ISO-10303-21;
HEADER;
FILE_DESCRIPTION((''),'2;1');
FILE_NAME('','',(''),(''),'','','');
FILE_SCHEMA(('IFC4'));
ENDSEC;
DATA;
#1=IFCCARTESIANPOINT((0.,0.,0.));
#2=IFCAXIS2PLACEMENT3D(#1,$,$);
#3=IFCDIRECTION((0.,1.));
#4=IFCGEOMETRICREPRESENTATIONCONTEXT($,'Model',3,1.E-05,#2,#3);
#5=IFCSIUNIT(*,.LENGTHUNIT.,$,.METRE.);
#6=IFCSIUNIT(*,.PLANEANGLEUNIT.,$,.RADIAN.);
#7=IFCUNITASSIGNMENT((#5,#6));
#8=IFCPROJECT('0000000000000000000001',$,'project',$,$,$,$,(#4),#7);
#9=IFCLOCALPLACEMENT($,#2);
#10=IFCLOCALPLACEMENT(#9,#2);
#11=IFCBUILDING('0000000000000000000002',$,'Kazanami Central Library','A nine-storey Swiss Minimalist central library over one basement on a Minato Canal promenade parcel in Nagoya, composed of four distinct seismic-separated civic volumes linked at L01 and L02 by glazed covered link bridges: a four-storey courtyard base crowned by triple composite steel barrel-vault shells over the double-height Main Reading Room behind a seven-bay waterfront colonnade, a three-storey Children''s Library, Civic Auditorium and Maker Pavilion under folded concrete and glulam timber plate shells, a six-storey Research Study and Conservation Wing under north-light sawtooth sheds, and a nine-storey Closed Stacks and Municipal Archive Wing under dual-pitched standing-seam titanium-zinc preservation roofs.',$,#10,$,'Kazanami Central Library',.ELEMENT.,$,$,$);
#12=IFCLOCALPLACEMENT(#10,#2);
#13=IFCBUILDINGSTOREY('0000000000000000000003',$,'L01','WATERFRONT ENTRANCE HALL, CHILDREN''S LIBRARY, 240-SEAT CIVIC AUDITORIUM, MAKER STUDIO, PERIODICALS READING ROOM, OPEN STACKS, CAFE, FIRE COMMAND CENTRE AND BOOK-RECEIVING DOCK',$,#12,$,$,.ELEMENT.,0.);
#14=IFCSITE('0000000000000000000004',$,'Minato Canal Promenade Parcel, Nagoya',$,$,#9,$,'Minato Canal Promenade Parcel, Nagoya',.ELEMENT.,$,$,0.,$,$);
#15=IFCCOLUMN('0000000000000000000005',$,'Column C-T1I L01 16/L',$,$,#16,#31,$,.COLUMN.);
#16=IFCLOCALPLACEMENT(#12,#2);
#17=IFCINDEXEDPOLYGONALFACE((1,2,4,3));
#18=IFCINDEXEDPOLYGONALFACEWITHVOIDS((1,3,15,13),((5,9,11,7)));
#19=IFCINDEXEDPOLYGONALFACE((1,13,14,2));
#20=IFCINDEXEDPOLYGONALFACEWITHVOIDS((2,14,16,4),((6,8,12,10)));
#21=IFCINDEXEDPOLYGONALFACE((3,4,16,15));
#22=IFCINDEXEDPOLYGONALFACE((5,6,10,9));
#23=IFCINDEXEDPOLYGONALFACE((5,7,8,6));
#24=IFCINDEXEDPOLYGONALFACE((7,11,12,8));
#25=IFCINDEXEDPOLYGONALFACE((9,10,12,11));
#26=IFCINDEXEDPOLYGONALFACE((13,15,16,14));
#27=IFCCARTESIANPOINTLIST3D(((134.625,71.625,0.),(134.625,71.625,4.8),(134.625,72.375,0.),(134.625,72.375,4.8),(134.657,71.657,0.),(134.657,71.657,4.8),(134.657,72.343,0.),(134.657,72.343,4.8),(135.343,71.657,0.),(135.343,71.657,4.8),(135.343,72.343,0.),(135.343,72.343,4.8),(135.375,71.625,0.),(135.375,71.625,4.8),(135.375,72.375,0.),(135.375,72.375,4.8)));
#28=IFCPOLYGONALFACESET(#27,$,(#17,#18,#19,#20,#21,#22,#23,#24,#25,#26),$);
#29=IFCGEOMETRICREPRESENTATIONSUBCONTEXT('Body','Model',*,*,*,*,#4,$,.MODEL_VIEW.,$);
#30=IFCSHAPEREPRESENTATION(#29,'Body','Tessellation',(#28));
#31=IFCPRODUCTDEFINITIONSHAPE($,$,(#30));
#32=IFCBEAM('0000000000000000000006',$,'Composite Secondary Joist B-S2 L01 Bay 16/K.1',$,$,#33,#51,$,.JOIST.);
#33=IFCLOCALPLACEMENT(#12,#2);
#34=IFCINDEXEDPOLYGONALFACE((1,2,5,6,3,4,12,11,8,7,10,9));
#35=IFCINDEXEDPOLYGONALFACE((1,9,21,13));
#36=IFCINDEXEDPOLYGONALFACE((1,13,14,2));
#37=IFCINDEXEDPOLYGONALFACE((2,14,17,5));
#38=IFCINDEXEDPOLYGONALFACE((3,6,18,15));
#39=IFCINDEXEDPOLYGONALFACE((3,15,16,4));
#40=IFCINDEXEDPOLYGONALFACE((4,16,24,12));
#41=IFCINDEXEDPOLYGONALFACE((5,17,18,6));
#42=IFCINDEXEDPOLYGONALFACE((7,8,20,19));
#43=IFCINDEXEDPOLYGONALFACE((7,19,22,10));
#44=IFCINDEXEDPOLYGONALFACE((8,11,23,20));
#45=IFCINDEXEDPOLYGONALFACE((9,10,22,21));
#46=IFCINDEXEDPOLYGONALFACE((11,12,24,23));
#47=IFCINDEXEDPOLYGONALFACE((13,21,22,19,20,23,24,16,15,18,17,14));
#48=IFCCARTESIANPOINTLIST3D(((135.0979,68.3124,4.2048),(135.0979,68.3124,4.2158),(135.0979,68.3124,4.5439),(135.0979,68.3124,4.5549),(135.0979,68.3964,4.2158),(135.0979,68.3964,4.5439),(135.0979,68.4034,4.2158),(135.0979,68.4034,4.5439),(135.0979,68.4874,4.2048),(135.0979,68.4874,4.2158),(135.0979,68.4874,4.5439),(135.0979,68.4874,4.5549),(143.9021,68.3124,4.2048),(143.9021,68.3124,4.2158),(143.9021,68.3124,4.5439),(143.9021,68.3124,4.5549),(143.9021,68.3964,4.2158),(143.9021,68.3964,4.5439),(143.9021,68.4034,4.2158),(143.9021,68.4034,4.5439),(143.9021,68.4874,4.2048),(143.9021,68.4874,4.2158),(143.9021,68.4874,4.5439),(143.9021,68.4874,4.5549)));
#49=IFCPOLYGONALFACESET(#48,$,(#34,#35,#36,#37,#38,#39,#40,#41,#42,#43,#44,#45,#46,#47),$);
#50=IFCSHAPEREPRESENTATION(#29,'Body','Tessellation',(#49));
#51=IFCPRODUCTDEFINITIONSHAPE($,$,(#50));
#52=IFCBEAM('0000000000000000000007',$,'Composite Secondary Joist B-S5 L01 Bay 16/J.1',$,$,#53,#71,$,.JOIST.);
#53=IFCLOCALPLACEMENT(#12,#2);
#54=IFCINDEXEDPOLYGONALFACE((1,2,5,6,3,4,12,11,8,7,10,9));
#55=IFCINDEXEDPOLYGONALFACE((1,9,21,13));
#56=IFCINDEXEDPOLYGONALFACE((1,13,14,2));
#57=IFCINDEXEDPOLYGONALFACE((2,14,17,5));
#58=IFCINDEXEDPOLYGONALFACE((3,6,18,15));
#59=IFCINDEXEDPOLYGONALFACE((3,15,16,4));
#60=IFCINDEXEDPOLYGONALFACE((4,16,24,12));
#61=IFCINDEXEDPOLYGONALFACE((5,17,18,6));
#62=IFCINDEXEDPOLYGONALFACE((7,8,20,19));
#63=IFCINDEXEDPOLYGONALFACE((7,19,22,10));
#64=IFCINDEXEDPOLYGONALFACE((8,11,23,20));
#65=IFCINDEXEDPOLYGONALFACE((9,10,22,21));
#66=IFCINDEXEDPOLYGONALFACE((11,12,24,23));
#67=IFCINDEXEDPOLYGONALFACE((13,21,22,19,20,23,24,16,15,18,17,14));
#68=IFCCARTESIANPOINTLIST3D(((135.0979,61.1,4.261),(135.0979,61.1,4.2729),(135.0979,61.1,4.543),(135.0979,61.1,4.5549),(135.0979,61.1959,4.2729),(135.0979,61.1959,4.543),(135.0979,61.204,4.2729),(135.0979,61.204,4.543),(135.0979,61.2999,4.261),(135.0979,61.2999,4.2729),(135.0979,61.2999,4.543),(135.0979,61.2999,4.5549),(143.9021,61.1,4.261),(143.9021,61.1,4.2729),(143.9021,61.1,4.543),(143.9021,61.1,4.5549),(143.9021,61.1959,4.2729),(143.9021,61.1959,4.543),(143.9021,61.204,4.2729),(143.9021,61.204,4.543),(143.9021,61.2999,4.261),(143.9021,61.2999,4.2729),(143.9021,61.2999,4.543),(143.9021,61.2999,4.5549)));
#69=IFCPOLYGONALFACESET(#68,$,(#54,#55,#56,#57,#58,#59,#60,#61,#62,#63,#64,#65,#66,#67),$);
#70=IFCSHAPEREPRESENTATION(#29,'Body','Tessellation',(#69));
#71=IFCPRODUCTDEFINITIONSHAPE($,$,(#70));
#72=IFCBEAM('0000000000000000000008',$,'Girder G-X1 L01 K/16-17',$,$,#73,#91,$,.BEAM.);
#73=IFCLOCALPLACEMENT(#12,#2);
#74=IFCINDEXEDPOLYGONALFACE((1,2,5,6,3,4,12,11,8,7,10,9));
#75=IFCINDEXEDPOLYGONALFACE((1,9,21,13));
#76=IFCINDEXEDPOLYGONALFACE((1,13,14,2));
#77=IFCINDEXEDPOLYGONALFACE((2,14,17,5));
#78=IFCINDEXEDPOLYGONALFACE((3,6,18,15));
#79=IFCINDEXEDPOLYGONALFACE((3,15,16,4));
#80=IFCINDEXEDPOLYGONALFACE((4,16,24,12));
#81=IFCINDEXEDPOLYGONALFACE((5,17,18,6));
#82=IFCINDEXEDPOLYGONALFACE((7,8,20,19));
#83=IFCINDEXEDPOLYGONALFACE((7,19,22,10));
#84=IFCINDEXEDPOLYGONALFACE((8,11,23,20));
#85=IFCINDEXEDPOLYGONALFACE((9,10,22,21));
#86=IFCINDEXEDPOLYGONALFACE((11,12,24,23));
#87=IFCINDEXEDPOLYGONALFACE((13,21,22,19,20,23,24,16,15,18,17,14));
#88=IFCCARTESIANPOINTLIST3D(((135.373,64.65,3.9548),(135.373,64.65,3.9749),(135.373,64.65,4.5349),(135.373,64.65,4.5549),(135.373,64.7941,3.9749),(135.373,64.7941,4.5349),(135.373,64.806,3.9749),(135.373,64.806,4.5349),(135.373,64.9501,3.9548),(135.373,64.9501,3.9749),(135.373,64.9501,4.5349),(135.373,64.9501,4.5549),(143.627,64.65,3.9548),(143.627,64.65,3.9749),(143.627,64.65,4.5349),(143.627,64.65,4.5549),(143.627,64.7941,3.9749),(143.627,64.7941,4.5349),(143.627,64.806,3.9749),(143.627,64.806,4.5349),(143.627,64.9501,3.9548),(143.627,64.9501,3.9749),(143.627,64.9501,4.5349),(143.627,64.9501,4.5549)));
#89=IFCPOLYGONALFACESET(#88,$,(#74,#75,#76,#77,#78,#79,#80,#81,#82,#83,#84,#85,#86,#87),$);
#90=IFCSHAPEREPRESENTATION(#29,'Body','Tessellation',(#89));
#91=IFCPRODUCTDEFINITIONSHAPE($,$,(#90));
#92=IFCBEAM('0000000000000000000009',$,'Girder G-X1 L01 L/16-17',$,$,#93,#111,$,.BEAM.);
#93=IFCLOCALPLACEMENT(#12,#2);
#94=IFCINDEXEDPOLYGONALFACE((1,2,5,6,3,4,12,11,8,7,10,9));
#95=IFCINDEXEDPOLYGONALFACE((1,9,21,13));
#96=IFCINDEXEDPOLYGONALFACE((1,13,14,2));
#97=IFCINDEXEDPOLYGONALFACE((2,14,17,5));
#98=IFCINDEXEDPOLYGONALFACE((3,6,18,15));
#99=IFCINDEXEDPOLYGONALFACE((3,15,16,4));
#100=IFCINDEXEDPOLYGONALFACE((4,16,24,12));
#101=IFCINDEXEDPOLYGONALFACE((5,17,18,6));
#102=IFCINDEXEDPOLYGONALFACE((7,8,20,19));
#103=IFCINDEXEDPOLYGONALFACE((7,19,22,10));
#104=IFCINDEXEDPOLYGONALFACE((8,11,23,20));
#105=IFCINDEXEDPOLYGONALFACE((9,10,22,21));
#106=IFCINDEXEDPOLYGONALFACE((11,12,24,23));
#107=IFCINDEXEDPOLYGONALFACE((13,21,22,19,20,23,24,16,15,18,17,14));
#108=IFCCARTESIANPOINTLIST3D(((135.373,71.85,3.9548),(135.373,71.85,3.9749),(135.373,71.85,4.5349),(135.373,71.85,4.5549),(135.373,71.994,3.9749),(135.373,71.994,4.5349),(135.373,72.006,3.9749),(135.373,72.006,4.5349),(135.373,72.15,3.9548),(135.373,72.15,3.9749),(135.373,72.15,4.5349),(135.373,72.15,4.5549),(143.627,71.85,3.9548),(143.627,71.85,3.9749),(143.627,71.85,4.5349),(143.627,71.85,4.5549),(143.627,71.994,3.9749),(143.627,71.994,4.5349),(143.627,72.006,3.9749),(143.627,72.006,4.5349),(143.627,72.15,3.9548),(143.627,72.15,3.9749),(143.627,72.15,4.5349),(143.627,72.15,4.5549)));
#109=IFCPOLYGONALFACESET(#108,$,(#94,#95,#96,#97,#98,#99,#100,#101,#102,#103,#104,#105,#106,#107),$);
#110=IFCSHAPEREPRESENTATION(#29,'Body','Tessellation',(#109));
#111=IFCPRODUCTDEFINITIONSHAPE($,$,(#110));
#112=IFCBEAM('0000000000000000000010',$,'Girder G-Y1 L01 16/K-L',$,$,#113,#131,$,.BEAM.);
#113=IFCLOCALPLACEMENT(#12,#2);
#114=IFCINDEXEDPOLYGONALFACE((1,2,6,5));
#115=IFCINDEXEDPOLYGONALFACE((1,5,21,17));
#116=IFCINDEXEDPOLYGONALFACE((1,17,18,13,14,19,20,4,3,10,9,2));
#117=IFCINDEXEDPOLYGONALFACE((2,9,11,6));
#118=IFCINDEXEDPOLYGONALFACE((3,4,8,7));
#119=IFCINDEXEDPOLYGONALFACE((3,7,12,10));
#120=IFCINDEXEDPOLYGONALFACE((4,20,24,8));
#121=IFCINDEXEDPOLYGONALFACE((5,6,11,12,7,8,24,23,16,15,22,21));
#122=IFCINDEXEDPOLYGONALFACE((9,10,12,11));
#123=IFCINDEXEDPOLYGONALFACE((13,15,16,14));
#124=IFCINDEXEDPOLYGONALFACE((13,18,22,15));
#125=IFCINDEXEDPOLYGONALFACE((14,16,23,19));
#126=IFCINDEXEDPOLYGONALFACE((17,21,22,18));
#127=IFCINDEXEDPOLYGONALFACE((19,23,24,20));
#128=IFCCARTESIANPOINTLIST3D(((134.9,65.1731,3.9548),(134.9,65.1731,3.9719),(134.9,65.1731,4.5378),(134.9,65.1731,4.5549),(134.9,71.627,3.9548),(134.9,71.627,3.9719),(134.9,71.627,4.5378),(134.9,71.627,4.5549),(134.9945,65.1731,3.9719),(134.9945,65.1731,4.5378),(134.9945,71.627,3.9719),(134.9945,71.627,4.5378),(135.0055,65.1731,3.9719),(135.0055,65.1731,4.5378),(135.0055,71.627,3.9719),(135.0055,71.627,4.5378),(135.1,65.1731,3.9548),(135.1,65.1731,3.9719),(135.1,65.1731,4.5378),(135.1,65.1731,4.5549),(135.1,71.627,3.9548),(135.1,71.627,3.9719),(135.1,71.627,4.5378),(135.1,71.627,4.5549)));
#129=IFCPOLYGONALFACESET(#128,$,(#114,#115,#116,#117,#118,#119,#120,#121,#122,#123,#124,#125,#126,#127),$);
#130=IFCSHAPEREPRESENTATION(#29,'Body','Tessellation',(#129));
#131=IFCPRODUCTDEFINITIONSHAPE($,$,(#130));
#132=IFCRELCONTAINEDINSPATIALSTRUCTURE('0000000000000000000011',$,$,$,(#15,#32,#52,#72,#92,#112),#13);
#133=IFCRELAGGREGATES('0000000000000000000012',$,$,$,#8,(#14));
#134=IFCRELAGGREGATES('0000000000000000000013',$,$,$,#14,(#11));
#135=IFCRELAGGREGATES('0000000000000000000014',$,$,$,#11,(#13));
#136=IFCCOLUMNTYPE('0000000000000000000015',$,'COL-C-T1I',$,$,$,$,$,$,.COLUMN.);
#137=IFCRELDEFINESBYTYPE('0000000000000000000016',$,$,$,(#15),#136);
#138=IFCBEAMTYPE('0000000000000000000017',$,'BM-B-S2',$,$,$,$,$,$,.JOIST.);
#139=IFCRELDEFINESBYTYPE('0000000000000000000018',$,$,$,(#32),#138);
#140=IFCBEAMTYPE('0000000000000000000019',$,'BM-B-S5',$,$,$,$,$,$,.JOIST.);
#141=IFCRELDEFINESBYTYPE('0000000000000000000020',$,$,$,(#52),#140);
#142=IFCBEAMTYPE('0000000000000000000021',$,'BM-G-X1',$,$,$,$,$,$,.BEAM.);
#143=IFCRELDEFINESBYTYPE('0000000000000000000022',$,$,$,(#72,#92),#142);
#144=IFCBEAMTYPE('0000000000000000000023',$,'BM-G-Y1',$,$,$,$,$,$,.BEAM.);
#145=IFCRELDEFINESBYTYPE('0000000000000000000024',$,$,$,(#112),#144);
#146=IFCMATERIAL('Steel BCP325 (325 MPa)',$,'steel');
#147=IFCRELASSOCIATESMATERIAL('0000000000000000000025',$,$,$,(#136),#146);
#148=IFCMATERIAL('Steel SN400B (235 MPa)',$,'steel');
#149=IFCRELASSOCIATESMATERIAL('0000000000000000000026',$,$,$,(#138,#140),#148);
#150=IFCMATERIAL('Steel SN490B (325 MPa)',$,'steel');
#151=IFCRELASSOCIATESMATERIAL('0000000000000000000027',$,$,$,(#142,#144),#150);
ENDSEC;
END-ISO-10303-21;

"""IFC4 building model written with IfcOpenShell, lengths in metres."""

from ifc_helpers import new_model, si_unit, direction, frame, origin, origin_2d, place, context, subcontext, project, spatial, hollow_rectangle, i_section, extrude, material, material_profile, profile_set, type_object, element, save


model = new_model("IFC4")

# Units and contexts
model_context = context("Model", 3, precision=1e-05, world=origin(), true_north=direction((0.0, 1.0)))
body_context = subcontext(model_context, "Body", "Model", "MODEL_VIEW")
ifc_project = project(units=[si_unit("LENGTHUNIT", "METRE"), si_unit("PLANEANGLEUNIT", "RADIAN")], contexts=[model_context])

# Site, building, storey
site_placement = place(None, origin())
site = spatial("IfcSite", under=ifc_project, at=site_placement, Name="Minato Canal Promenade Parcel, Nagoya", LongName="Minato Canal Promenade Parcel, Nagoya", CompositionType="ELEMENT", RefElevation=0.0)
building_placement = place(site_placement, origin())
building = spatial("IfcBuilding", under=site, at=building_placement, Name="Kazanami Central Library", Description="A nine-storey Swiss Minimalist central library over one basement on a Minato Canal promenade parcel in Nagoya, composed of four distinct seismic-separated civic volumes linked at L01 and L02 by glazed covered link bridges: a four-storey courtyard base crowned by triple composite steel barrel-vault shells over the double-height Main Reading Room behind a seven-bay waterfront colonnade, a three-storey Children's Library, Civic Auditorium and Maker Pavilion under folded concrete and glulam timber plate shells, a six-storey Research Study and Conservation Wing under north-light sawtooth sheds, and a nine-storey Closed Stacks and Municipal Archive Wing under dual-pitched standing-seam titanium-zinc preservation roofs.", LongName="Kazanami Central Library", CompositionType="ELEMENT")
storey_placement = place(building_placement, origin())
storey = spatial("IfcBuildingStorey", under=building, at=storey_placement, Name="L01", Description="WATERFRONT ENTRANCE HALL, CHILDREN'S LIBRARY, 240-SEAT CIVIC AUDITORIUM, MAKER STUDIO, PERIODICALS READING ROOM, OPEN STACKS, CAFE, FIRE COMMAND CENTRE AND BOOK-RECEIVING DOCK", CompositionType="ELEMENT", Elevation=0.0)

# Column
ifc_material_1 = material(Name="Steel BCP325 (325 MPa)", Category="steel")
ifc_material_profile_1 = material_profile(ifc_material_1, hollow_rectangle(XDim=0.75, YDim=0.75, WallThickness=0.032, at=origin_2d()), Name="BCP-750x750x32")
ifc_profile_set_1 = profile_set([ifc_material_profile_1], Name="Steel BCP325 (325 MPa)")
column_type = type_object("IfcColumnType", Name="COL-C-T1I", PredefinedType="COLUMN", material=ifc_profile_set_1)
column_placement = place(storey_placement, frame((135.0, 72.0, 0.0), z_axis=(0.0, 0.0, 1.0), x_axis=(1.0, 0.0, 0.0)))
element("IfcColumn", 1, at=column_placement, inside=storey, type_object=column_type, Name="Column C-T1I L01 16/L", PredefinedType="COLUMN", context=body_context, shape_type="SweptSolid", body=[
    extrude(hollow_rectangle(XDim=0.75, YDim=0.75, WallThickness=0.032, at=origin_2d()), origin(), (0.0, 0.0, 1.0), 4.8),
])

# Beams
ifc_material_2 = material(Name="Steel SN400B (235 MPa)", Category="steel")
ifc_material_profile_2 = material_profile(ifc_material_2, i_section(OverallWidth=0.175, OverallDepth=0.3501, WebThickness=0.0071, FlangeThickness=0.011, at=origin_2d()), Name="H-350x175x7x11")
ifc_profile_set_2 = profile_set([ifc_material_profile_2], Name="Steel SN400B (235 MPa)")
beam_type_1 = type_object("IfcBeamType", Name="BM-B-S2", PredefinedType="JOIST", material=ifc_profile_set_2)
beam_1_placement = place(storey_placement, frame((135.0979, 68.3999, 4.3799), z_axis=(1.0, 0.0, 0.0), x_axis=(0.0, 1.0, 0.0)))
element("IfcBeam", 2, at=beam_1_placement, inside=storey, type_object=beam_type_1, Name="Composite Secondary Joist B-S2 L01 Bay 16/K.1", PredefinedType="JOIST", context=body_context, shape_type="SweptSolid", body=[
    extrude(i_section(OverallWidth=0.175, OverallDepth=0.3501, WebThickness=0.0071, FlangeThickness=0.011, at=origin_2d()), origin(), (0.0, 0.0, 1.0), 8.8042),
])
ifc_material_profile_3 = material_profile(ifc_material_2, i_section(OverallWidth=0.2, OverallDepth=0.2939, WebThickness=0.0081, FlangeThickness=0.012, at=origin_2d()), Name="H-294x200x8x12")
ifc_profile_set_3 = profile_set([ifc_material_profile_3], Name="Steel SN400B (235 MPa)")
beam_type_2 = type_object("IfcBeamType", Name="BM-B-S5", PredefinedType="JOIST", material=ifc_profile_set_3)
beam_2_placement = place(storey_placement, frame((135.0979, 61.2, 4.408), z_axis=(1.0, 0.0, 0.0), x_axis=(0.0, 1.0, 0.0)))
element("IfcBeam", 3, at=beam_2_placement, inside=storey, type_object=beam_type_2, Name="Composite Secondary Joist B-S5 L01 Bay 16/J.1", PredefinedType="JOIST", context=body_context, shape_type="SweptSolid", body=[
    extrude(i_section(OverallWidth=0.2, OverallDepth=0.2939, WebThickness=0.0081, FlangeThickness=0.012, at=origin_2d()), origin(), (0.0, 0.0, 1.0), 8.8042),
])
ifc_material_3 = material(Name="Steel SN490B (325 MPa)", Category="steel")
ifc_material_profile_4 = material_profile(ifc_material_3, i_section(OverallWidth=0.3, OverallDepth=0.6001, WebThickness=0.012, FlangeThickness=0.02, at=origin_2d()), Name="H-600x300x12x20")
ifc_profile_set_4 = profile_set([ifc_material_profile_4], Name="Steel SN490B (325 MPa)")
beam_type_3 = type_object("IfcBeamType", Name="BM-G-X1", PredefinedType="BEAM", material=ifc_profile_set_4)
for number, where, z_axis, x_axis, name in (
    (4, (135.373, 64.8, 4.2549), (1.0, 0.0, 0.0), (0.0, 1.0, 0.0), "Girder G-X1 L01 K/16-17"),
    (5, (135.373, 72.0, 4.2549), (1.0, 0.0, 0.0), (0.0, 1.0, 0.0), "Girder G-X1 L01 L/16-17"),
):
    element("IfcBeam", number, at=place(storey_placement, frame(where, z_axis=z_axis, x_axis=x_axis)), inside=storey, type_object=beam_type_3, Name=name, PredefinedType="BEAM", context=body_context, shape_type="SweptSolid", body=[
        extrude(i_section(OverallWidth=0.3, OverallDepth=0.6001, WebThickness=0.012, FlangeThickness=0.02, at=origin_2d()), origin(), (0.0, 0.0, 1.0), 8.2539),
    ])
ifc_material_profile_5 = material_profile(ifc_material_3, i_section(OverallWidth=0.2, OverallDepth=0.6001, WebThickness=0.011, FlangeThickness=0.0171, at=origin_2d()), Name="H-600x200x11x17")
ifc_profile_set_5 = profile_set([ifc_material_profile_5], Name="Steel SN490B (325 MPa)")
beam_type_4 = type_object("IfcBeamType", Name="BM-G-Y1", PredefinedType="BEAM", material=ifc_profile_set_5)
beam_3_placement = place(storey_placement, frame((135.0, 65.1731, 4.2549), z_axis=(0.0, 1.0, 0.0), x_axis=(-1.0, 0.0, 0.0)))
element("IfcBeam", 6, at=beam_3_placement, inside=storey, type_object=beam_type_4, Name="Girder G-Y1 L01 16/K-L", PredefinedType="BEAM", context=body_context, shape_type="SweptSolid", body=[
    extrude(i_section(OverallWidth=0.2, OverallDepth=0.6001, WebThickness=0.011, FlangeThickness=0.0171, at=origin_2d()), origin(), (0.0, 0.0, 1.0), 6.4539),
])

save(model, "model.ifc")
